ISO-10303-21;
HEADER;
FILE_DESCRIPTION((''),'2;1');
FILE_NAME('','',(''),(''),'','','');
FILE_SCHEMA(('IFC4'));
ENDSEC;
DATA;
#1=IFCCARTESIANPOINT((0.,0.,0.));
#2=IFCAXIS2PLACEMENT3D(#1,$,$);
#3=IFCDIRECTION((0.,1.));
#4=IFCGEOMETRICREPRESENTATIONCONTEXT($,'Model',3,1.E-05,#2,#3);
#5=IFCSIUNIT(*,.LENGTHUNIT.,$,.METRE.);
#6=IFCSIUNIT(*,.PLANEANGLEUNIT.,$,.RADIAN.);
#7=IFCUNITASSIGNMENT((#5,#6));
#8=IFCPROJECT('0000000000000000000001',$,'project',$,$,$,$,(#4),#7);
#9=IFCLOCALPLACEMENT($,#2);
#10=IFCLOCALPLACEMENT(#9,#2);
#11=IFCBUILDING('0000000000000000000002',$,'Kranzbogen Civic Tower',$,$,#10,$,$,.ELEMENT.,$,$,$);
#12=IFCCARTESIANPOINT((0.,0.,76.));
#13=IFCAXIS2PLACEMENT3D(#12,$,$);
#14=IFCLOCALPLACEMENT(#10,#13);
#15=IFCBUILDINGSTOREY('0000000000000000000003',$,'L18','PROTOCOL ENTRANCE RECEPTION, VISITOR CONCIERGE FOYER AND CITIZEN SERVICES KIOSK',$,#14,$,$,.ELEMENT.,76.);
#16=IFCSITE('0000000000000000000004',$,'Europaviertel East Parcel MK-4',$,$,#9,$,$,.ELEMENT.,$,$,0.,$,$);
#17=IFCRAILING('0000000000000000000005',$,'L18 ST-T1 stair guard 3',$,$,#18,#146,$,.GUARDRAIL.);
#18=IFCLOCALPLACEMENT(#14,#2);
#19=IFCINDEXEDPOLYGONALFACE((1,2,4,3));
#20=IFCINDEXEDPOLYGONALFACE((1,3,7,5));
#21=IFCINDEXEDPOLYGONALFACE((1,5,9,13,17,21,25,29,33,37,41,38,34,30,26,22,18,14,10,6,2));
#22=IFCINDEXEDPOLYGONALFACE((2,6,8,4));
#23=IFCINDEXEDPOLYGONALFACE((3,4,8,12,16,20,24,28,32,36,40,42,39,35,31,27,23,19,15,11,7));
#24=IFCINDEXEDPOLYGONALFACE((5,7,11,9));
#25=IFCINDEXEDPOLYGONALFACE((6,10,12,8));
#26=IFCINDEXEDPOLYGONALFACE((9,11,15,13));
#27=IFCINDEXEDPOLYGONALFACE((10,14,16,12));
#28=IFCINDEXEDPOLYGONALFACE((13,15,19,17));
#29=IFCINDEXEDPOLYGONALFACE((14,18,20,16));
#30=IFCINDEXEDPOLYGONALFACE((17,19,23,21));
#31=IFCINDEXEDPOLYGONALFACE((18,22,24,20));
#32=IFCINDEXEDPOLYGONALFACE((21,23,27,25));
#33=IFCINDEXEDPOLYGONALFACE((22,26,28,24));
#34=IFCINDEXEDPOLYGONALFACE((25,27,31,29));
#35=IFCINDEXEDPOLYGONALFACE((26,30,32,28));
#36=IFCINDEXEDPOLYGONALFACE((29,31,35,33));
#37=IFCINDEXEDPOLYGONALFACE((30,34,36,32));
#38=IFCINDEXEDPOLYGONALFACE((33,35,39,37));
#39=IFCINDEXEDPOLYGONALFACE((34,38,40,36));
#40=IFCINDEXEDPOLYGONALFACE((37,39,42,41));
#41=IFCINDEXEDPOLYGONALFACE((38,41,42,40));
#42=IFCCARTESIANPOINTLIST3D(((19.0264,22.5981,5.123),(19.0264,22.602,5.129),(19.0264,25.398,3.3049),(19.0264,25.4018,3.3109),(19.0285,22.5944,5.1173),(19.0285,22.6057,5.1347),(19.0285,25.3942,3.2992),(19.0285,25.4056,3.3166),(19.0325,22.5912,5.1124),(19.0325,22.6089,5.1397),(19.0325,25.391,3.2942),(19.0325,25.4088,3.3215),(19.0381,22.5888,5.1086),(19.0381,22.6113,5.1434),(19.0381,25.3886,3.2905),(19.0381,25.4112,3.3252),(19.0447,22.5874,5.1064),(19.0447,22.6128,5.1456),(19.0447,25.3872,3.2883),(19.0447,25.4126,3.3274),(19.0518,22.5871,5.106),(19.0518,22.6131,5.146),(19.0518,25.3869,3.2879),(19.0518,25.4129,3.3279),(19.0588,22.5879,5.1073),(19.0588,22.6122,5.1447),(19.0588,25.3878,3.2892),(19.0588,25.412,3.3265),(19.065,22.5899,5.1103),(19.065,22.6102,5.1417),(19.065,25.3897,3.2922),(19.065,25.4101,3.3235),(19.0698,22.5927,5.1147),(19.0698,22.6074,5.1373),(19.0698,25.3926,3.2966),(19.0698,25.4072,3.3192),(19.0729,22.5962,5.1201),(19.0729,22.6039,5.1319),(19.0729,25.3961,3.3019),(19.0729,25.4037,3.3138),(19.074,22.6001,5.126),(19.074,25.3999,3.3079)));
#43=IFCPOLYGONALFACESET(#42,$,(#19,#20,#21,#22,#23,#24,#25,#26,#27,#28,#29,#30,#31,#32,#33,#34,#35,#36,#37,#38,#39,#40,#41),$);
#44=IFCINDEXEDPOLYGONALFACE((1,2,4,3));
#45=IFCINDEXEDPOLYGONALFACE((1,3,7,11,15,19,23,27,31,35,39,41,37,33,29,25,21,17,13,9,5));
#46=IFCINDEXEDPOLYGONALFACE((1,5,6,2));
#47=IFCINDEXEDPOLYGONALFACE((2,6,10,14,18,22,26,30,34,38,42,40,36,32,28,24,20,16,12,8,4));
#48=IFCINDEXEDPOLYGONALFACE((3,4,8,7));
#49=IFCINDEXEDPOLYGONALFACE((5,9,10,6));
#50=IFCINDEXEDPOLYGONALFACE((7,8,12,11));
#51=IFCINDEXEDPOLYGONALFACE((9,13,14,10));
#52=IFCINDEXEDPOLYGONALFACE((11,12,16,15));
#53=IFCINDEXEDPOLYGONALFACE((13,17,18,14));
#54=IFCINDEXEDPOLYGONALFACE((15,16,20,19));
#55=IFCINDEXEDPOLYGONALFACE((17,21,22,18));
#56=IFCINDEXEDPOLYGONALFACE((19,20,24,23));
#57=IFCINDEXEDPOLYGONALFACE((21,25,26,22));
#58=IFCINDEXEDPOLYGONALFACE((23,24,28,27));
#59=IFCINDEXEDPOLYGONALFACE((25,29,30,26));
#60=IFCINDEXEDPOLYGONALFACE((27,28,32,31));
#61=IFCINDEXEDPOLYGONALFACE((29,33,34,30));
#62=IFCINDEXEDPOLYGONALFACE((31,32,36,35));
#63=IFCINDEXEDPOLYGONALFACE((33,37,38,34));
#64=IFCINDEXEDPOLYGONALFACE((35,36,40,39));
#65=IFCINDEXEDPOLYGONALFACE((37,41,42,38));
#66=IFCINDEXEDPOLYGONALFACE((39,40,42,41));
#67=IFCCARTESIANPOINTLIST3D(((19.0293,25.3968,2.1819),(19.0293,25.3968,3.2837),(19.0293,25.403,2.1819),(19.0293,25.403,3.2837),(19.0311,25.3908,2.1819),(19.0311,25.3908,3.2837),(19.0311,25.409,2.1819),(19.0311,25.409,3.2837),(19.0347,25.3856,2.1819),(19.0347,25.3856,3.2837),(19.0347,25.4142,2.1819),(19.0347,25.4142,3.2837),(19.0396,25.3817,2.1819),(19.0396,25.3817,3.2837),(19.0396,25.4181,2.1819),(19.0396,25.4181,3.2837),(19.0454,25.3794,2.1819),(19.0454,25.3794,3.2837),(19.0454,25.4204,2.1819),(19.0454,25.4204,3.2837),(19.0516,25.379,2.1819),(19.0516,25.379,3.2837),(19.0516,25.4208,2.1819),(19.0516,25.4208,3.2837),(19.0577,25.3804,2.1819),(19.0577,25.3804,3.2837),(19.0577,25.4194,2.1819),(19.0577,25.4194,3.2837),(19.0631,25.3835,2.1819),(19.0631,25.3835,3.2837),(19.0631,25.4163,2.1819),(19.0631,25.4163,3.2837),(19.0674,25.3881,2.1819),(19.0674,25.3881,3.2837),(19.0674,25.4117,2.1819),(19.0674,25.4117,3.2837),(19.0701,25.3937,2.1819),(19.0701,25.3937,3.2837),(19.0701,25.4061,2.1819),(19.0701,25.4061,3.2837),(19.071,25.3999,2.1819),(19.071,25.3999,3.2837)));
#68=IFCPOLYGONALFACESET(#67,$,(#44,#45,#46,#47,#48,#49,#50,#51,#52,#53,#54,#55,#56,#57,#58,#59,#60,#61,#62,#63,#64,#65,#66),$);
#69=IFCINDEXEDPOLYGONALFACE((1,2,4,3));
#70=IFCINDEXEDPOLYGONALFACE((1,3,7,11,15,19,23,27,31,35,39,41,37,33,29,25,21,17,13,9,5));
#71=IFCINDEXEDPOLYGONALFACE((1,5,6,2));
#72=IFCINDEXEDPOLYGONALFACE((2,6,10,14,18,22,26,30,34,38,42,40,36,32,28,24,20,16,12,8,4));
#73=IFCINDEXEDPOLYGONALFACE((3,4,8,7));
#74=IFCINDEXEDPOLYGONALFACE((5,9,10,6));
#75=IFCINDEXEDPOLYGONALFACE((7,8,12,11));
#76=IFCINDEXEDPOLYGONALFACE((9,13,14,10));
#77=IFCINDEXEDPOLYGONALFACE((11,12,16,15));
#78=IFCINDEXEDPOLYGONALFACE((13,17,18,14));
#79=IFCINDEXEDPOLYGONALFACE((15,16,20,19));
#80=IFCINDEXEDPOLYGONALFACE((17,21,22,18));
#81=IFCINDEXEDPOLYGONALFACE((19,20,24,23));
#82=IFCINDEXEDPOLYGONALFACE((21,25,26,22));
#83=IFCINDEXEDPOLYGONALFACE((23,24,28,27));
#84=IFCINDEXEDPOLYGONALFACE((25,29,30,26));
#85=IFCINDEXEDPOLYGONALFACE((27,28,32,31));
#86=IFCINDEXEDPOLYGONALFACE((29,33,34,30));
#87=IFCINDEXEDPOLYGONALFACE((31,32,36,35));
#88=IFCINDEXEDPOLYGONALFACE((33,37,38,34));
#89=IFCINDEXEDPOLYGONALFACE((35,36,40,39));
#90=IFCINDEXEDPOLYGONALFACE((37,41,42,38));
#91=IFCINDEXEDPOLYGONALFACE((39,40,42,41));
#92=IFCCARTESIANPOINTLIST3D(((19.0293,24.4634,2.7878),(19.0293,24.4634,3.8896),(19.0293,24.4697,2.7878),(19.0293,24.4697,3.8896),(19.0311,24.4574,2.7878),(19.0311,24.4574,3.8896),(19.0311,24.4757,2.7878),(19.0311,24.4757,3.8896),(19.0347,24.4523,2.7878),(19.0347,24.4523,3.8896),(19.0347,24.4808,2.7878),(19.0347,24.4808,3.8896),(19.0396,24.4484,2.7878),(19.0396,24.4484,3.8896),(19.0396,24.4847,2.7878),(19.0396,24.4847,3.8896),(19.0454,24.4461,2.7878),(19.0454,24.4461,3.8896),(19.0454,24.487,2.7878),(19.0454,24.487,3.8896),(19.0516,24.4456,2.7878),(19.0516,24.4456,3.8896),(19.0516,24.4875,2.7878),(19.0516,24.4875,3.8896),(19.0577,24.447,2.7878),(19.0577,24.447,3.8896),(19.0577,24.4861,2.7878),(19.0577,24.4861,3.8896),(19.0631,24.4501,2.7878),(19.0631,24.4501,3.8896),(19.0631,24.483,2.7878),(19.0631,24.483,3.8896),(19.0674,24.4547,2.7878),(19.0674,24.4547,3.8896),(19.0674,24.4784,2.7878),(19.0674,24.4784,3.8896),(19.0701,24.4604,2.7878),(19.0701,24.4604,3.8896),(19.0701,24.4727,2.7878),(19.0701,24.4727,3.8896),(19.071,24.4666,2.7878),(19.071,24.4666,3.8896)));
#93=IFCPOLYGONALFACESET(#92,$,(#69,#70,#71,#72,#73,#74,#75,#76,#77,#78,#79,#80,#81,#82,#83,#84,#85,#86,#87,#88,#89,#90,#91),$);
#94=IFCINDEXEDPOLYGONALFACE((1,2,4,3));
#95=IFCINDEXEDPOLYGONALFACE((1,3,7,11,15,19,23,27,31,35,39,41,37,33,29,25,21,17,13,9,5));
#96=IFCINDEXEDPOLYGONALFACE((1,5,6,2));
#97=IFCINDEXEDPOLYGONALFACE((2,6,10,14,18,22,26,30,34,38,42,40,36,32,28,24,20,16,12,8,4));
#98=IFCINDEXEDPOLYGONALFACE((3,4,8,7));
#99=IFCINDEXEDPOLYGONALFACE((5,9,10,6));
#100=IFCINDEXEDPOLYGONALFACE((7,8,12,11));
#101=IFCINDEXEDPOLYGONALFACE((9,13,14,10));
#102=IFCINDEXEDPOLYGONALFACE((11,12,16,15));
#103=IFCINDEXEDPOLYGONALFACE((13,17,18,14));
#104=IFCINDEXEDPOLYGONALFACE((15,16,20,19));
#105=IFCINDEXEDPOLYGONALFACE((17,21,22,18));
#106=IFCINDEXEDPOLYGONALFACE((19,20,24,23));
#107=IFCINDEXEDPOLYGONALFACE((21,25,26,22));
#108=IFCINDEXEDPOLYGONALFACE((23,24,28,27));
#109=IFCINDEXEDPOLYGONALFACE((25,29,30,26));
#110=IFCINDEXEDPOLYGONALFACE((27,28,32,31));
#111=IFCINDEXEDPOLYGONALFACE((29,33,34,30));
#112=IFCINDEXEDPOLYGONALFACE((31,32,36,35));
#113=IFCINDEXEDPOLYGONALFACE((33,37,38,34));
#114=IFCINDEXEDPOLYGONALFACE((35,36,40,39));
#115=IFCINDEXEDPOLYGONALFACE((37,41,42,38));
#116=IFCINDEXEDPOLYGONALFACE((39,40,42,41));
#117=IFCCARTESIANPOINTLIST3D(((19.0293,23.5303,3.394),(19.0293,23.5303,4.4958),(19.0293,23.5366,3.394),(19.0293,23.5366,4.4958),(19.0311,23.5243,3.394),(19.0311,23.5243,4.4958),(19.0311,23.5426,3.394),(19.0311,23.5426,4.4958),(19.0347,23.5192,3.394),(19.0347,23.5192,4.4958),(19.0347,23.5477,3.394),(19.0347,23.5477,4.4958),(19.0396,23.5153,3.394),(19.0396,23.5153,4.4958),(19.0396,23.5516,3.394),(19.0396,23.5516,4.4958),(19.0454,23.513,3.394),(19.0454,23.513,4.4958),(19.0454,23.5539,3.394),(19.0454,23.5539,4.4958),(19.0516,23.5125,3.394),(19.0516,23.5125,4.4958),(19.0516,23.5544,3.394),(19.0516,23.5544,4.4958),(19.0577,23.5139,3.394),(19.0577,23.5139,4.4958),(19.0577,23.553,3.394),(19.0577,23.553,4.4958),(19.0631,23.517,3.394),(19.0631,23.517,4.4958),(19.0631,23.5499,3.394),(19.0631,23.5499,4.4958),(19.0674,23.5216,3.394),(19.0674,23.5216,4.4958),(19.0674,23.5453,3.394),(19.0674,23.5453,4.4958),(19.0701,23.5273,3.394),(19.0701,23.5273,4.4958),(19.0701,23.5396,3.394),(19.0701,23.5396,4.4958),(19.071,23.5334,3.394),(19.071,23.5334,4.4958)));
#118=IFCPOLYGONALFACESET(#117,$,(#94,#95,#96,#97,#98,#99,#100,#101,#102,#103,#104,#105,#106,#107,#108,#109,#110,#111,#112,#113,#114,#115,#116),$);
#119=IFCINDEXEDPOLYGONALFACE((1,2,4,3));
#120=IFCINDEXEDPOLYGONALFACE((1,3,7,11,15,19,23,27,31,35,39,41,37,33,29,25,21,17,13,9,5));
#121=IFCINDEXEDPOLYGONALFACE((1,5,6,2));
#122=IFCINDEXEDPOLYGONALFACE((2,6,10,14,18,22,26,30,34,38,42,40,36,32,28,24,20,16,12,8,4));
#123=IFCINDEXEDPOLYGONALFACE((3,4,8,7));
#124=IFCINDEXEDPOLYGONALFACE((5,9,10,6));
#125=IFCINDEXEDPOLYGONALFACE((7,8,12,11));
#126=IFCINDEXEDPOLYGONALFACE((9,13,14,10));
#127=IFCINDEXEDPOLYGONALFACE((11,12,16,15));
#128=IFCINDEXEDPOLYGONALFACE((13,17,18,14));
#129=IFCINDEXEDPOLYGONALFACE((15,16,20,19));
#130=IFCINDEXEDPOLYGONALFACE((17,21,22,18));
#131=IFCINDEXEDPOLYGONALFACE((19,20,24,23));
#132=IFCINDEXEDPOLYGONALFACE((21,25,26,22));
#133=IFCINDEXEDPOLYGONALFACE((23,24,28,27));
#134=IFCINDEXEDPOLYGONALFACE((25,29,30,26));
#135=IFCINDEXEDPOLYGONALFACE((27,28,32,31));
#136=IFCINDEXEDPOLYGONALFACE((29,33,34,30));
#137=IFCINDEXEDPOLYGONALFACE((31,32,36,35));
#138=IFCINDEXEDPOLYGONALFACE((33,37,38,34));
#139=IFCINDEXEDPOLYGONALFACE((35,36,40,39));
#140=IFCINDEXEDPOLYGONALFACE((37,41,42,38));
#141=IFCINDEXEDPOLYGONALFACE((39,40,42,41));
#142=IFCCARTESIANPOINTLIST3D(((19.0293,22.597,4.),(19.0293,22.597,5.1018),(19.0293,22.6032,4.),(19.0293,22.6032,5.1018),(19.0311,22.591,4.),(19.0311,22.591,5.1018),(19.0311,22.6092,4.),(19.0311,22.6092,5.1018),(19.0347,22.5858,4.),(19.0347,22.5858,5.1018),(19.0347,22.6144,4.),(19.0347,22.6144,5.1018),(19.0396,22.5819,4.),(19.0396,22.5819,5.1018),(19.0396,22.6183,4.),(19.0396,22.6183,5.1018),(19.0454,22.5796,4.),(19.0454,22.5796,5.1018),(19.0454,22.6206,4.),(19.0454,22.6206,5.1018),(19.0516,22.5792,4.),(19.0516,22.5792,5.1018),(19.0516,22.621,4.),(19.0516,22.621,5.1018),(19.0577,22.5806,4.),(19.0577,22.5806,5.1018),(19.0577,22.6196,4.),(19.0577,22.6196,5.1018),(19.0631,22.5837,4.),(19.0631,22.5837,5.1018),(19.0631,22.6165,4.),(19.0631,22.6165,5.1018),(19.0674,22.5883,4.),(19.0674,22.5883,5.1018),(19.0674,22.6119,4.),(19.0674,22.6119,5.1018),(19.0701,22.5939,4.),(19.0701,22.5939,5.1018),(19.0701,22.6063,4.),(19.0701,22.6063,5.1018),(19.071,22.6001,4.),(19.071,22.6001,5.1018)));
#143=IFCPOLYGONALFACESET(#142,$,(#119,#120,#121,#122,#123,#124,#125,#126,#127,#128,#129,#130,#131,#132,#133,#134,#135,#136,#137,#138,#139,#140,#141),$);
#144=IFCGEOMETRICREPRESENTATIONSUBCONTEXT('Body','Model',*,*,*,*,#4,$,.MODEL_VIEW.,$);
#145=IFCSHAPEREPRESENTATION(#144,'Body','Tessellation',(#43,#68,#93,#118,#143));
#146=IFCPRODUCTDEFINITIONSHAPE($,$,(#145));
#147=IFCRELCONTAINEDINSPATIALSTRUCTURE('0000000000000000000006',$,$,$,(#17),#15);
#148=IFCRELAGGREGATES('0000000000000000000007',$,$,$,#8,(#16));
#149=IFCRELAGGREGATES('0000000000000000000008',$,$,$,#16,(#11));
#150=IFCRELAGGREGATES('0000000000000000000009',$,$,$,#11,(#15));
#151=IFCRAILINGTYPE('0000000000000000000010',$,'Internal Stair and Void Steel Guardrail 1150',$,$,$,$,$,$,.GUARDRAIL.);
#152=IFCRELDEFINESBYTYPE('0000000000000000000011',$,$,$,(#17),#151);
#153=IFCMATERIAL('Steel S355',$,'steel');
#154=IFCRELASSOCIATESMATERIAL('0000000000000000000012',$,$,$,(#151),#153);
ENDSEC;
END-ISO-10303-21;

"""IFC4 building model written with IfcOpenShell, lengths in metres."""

from ifc_helpers import new_model, si_unit, direction, frame, origin, origin_2d, place, context, subcontext, project, spatial, circle, extrude, material, type_object, element, save


model = new_model("IFC4")

# Units and contexts
model_context = context("Model", 3, precision=1e-05, world=origin(), true_north=direction((0.0, 1.0)))
body_context = subcontext(model_context, "Body", "Model", "MODEL_VIEW")
ifc_project = project(units=[si_unit("LENGTHUNIT", "METRE"), si_unit("PLANEANGLEUNIT", "RADIAN")], contexts=[model_context])

# Site, building, storey
site_placement = place(None, origin())
site = spatial("IfcSite", under=ifc_project, at=site_placement, Name="Europaviertel East Parcel MK-4", CompositionType="ELEMENT", RefElevation=0.0)
building_placement = place(site_placement, origin())
building = spatial("IfcBuilding", under=site, at=building_placement, Name="Kranzbogen Civic Tower", CompositionType="ELEMENT")
storey_placement = place(building_placement, frame((0.0, 0.0, 76.0)))
storey = spatial("IfcBuildingStorey", under=building, at=storey_placement, Name="L18", Description="PROTOCOL ENTRANCE RECEPTION, VISITOR CONCIERGE FOYER AND CITIZEN SERVICES KIOSK", CompositionType="ELEMENT", Elevation=76.0)

# Shared definitions
ifc_material_1 = material(Name="Steel S355", Category="steel")

# Railing
railing_type_1 = type_object("IfcRailingType", Name="Internal Stair and Void Steel Guardrail 1150", PredefinedType="GUARDRAIL", material=ifc_material_1)
railing_1_placement = place(storey_placement, frame((19.05, 25.3999, 2.1819)))
element("IfcRailing", 1, at=railing_1_placement, inside=storey, type_object=railing_type_1, Name="L18 ST-T1 stair guard 3", PredefinedType="GUARDRAIL", context=body_context, shape_type="SweptSolid", body=[
    extrude(circle(Radius=0.0239, at=origin_2d()), frame((0.0, 0.0, 1.126), z_axis=(0.0, -0.838684, 0.544618), x_axis=(1.0, 0.0, 0.0)), (0.0, 0.0, 1.0), 3.3384),
    extrude(circle(Radius=0.021, at=origin_2d()), origin(), (0.0, 0.0, 1.0), 1.1018),
    extrude(circle(Radius=0.021, at=origin_2d()), frame((0.0, -0.9333, 0.606)), (0.0, 0.0, 1.0), 1.1018),
    extrude(circle(Radius=0.021, at=origin_2d()), frame((0.0, -1.8665, 1.2122)), (0.0, 0.0, 1.0), 1.1018),
    extrude(circle(Radius=0.021, at=origin_2d()), frame((0.0, -2.7998, 1.8181)), (0.0, 0.0, 1.0), 1.1018),
])

save(model, "model.ifc")
